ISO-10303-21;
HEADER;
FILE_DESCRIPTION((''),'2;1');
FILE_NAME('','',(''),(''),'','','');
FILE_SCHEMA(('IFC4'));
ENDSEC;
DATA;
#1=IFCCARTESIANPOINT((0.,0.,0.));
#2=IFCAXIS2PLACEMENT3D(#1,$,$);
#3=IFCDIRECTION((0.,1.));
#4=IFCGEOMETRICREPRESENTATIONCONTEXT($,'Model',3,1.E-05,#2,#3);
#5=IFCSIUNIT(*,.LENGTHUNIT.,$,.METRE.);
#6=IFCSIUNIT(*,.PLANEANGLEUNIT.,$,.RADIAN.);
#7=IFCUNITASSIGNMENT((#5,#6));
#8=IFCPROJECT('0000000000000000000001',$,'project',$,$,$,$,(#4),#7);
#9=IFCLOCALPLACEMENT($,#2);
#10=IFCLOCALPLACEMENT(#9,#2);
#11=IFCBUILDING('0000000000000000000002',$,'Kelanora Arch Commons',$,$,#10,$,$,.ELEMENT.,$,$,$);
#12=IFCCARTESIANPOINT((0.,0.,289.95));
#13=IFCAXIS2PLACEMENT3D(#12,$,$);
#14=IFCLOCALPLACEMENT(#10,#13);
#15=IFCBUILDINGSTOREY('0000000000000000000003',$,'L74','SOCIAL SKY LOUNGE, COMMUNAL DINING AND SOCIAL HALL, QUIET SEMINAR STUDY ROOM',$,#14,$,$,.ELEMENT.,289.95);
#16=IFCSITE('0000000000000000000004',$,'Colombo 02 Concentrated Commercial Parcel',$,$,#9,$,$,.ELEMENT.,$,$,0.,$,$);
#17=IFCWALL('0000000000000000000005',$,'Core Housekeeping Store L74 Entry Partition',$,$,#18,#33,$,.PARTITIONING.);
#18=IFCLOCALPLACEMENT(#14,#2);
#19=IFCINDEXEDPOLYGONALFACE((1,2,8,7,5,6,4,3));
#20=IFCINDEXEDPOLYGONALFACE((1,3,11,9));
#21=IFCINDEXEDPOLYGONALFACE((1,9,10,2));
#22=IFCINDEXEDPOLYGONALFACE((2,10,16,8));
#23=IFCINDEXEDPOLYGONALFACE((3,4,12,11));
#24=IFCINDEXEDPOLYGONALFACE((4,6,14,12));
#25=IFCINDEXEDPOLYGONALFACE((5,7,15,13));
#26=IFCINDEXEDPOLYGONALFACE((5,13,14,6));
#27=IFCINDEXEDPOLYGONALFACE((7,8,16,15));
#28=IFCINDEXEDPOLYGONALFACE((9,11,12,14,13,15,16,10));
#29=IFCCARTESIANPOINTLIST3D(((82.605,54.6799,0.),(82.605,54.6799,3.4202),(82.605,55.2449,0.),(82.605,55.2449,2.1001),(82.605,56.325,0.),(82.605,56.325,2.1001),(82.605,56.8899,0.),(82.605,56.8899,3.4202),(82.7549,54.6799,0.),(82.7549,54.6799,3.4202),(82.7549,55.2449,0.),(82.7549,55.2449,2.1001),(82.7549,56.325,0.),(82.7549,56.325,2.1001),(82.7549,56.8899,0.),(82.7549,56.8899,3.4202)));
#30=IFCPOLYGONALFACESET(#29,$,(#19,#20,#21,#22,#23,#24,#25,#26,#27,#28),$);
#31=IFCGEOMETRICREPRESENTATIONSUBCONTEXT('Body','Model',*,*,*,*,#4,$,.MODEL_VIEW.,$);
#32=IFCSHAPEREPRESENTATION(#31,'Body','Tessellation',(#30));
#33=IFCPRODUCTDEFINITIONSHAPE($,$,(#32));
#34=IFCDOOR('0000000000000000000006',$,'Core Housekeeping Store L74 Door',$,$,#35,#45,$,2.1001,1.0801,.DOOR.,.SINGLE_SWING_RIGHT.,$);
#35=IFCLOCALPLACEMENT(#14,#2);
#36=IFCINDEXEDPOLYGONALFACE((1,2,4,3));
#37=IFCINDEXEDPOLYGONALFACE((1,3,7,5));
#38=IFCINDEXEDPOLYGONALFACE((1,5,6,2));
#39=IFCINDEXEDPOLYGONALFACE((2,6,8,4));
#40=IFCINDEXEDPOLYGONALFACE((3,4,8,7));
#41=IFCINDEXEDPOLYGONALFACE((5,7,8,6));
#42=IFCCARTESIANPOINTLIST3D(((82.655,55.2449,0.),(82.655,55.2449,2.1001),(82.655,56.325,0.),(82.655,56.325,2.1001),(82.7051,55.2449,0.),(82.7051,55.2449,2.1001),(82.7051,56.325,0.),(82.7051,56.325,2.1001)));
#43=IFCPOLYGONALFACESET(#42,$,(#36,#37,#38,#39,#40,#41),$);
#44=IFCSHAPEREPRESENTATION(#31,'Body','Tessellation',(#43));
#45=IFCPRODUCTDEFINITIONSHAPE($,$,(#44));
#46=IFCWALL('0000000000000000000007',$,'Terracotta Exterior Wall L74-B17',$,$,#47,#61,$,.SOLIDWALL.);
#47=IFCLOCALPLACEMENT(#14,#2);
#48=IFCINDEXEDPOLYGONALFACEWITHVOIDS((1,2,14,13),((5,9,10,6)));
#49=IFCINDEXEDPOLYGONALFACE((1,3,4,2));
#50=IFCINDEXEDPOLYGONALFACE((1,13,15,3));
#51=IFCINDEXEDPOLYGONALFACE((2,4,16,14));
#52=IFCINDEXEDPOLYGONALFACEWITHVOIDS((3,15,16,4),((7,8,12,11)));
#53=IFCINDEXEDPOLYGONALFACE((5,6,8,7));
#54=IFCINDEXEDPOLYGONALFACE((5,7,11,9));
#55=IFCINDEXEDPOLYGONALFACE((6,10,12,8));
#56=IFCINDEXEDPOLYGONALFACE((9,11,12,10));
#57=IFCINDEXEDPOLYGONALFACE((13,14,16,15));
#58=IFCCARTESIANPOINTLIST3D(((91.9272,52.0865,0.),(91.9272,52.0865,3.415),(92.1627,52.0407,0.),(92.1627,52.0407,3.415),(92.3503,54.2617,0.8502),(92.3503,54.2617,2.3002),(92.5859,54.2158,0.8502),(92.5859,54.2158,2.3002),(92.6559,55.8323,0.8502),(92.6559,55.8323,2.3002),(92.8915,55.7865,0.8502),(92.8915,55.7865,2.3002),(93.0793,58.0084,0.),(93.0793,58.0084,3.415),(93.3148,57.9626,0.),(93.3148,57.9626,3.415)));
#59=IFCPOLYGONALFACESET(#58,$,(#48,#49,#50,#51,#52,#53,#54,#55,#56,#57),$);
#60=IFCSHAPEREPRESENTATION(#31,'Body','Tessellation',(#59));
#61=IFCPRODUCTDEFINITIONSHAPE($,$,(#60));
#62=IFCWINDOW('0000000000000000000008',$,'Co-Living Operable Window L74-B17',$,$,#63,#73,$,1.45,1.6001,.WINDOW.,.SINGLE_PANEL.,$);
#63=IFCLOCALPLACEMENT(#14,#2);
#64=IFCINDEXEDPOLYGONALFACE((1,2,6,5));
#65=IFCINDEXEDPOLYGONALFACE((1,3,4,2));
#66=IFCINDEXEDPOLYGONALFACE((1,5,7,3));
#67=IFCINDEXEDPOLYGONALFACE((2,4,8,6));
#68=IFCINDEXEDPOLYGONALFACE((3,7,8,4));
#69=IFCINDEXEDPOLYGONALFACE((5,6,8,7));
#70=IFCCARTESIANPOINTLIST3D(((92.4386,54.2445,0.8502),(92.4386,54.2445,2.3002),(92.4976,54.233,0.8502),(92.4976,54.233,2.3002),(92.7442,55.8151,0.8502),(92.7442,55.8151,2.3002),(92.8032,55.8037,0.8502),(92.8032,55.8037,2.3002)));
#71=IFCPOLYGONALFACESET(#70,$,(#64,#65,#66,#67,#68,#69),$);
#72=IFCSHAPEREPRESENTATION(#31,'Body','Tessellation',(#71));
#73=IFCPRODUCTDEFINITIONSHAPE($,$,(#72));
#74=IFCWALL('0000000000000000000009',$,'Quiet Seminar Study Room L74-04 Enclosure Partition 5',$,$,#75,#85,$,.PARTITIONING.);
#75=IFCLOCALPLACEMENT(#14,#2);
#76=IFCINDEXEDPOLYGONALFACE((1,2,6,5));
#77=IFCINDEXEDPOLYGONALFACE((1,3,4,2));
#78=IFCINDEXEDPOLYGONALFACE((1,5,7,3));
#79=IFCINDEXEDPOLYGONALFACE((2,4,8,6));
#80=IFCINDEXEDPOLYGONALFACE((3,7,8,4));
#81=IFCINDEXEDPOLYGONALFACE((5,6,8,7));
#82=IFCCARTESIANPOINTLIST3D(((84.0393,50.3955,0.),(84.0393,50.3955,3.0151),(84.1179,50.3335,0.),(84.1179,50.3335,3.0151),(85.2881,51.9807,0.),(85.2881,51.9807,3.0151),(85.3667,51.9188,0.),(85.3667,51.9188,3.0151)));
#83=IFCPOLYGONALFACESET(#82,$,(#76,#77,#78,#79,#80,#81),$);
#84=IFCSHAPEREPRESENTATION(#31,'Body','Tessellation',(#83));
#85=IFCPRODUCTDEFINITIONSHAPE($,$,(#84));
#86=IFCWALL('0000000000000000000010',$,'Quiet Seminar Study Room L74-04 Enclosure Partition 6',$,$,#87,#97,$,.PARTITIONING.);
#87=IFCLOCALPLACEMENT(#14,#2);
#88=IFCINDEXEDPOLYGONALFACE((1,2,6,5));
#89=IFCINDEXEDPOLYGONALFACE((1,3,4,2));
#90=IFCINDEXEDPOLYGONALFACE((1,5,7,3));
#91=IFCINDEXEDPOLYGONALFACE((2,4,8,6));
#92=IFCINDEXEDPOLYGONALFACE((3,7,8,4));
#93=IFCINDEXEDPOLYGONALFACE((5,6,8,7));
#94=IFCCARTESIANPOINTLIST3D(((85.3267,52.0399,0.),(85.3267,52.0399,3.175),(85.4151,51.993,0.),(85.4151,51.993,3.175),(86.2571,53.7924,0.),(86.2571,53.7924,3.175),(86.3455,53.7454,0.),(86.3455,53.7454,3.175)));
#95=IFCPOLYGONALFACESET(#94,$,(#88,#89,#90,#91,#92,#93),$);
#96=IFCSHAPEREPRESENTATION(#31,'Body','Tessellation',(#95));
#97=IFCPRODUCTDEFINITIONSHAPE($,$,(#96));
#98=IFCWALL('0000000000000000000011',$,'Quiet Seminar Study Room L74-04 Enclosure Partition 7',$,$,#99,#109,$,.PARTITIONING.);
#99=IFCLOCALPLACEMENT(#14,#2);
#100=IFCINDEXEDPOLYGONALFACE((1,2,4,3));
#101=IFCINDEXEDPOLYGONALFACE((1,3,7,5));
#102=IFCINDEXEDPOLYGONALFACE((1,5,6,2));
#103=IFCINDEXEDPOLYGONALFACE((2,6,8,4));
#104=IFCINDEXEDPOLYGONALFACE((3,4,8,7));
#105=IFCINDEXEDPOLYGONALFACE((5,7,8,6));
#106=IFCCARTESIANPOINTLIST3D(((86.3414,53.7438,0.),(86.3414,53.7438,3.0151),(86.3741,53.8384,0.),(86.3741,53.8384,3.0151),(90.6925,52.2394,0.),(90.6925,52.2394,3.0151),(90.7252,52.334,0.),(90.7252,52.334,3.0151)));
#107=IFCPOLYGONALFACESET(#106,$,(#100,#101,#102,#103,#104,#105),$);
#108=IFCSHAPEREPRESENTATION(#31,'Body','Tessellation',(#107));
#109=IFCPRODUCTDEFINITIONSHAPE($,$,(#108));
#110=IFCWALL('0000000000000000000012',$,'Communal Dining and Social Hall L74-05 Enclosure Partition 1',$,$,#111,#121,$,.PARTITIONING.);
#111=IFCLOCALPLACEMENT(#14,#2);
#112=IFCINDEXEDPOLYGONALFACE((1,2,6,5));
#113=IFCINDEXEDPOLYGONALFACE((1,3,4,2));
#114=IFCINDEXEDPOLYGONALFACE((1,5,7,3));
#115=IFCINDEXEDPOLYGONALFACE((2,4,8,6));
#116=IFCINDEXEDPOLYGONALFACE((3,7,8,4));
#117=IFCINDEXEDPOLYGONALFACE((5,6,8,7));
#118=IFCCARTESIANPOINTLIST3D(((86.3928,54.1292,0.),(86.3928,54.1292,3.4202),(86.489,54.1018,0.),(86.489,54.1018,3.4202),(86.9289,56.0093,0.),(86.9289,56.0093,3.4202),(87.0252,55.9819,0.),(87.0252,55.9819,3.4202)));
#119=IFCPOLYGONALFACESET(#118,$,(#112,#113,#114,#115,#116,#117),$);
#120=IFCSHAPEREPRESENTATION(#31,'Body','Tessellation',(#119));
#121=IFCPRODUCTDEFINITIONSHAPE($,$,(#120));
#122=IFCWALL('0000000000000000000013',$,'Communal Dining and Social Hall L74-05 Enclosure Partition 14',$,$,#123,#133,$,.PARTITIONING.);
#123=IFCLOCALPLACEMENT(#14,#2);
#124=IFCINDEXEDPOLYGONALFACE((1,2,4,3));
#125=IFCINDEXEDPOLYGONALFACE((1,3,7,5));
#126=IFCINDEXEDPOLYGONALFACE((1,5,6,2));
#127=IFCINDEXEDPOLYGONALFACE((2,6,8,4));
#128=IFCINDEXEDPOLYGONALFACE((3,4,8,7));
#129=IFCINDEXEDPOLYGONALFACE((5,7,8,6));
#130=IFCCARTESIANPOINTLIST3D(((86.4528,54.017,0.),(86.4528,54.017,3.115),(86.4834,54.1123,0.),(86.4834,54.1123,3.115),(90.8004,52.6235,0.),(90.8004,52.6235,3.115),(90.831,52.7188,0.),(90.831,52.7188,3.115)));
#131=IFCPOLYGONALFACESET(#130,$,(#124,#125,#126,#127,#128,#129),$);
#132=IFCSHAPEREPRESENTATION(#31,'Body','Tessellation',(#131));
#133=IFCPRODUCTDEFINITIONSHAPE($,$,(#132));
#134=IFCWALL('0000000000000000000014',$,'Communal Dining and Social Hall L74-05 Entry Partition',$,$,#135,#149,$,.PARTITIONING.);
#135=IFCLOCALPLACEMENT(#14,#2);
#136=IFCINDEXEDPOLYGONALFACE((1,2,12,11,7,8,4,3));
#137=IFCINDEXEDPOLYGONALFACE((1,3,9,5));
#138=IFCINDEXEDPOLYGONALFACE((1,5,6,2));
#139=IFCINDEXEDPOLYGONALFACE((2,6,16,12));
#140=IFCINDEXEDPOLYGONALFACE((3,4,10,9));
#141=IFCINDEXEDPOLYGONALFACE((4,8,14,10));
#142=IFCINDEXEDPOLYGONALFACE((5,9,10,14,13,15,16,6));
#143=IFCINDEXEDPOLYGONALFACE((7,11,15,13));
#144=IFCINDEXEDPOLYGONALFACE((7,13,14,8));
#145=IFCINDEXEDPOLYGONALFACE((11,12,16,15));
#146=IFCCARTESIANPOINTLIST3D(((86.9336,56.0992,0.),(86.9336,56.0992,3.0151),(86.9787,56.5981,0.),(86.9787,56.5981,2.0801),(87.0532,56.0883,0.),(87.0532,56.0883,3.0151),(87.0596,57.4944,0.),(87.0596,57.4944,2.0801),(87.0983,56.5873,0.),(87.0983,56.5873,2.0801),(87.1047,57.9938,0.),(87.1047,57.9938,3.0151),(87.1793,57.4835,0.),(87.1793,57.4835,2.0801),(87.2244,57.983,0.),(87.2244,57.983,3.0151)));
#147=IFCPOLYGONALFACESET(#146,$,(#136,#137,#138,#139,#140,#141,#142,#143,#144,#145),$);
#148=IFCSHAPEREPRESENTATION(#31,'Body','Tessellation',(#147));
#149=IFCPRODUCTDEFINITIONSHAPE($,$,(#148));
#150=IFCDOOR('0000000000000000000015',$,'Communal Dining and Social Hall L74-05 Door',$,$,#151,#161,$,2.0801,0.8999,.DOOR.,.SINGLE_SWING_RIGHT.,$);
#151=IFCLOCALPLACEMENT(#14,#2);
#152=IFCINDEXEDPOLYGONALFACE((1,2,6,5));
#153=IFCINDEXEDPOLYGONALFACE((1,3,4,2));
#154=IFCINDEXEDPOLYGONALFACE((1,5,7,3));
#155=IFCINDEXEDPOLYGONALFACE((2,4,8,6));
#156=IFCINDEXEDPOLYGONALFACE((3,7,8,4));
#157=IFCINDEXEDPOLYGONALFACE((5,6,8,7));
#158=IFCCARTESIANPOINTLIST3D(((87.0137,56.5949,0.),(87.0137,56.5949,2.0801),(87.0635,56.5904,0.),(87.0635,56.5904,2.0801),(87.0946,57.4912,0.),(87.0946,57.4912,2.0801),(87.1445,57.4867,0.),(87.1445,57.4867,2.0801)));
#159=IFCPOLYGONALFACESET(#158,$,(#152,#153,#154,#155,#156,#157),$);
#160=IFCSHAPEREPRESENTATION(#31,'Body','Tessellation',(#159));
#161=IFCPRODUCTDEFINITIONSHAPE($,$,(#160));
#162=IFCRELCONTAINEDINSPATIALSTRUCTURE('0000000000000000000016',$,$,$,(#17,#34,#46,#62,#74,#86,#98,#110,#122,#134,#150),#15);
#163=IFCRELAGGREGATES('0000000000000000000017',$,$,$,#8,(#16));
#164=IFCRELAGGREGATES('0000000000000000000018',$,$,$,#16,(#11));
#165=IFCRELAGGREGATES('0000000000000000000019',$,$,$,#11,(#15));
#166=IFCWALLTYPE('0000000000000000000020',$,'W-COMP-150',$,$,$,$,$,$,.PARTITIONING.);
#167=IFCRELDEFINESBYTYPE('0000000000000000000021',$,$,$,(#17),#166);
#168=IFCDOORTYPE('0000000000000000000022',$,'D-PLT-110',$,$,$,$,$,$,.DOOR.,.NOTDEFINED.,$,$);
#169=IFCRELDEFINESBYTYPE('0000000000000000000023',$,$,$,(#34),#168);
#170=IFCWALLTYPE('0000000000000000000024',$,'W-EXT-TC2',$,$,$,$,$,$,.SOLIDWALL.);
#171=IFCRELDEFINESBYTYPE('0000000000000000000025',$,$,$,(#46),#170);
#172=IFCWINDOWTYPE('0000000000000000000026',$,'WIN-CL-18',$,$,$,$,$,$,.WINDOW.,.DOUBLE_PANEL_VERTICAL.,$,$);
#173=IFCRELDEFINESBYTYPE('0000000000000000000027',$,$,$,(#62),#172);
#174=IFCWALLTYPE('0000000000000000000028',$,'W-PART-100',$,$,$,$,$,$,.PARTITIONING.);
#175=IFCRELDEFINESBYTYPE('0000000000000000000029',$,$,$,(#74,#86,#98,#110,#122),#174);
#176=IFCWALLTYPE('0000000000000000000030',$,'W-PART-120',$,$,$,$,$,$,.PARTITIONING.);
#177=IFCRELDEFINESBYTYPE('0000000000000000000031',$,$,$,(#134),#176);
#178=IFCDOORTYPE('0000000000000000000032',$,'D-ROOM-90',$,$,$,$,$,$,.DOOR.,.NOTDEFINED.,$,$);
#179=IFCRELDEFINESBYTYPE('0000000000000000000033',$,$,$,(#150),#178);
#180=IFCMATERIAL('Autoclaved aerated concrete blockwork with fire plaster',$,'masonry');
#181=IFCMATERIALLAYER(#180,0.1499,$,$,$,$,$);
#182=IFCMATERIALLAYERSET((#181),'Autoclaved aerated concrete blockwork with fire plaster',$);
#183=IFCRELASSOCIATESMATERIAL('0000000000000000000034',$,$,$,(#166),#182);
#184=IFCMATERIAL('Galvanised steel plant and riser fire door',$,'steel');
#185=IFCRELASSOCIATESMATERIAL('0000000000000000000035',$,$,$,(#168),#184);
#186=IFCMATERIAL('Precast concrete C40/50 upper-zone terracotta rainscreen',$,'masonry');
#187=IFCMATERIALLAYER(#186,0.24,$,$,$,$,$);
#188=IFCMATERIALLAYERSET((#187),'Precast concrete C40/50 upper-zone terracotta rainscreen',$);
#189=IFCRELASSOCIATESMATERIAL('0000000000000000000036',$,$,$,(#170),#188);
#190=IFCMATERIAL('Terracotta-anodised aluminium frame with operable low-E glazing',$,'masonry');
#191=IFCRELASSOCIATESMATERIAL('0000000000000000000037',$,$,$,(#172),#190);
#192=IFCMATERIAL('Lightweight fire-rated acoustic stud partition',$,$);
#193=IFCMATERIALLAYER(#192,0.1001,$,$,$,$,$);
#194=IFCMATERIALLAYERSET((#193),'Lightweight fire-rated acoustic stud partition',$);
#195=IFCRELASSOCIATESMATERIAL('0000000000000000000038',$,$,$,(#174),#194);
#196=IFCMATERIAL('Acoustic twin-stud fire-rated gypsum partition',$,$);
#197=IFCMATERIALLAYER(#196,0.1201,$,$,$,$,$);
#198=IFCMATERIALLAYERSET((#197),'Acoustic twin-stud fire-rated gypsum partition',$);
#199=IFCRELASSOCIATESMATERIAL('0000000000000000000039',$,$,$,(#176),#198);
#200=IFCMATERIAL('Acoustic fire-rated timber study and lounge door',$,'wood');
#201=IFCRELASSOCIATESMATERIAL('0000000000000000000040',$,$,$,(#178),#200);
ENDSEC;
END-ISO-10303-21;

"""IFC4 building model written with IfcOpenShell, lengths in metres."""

from ifc_helpers import new_model, si_unit, direction, frame, frame_2d, origin, place, context, subcontext, project, spatial, rectangle, extrude, material, layer, layer_set, type_object, element, fill, save


model = new_model("IFC4")

# Units and contexts
model_context = context("Model", 3, precision=1e-05, world=origin(), true_north=direction((0.0, 1.0)))
body_context = subcontext(model_context, "Body", "Model", "MODEL_VIEW")
ifc_project = project(units=[si_unit("LENGTHUNIT", "METRE"), si_unit("PLANEANGLEUNIT", "RADIAN")], contexts=[model_context])

# Site, building, storey
site_placement = place(None, origin())
site = spatial("IfcSite", under=ifc_project, at=site_placement, Name="Colombo 02 Concentrated Commercial Parcel", CompositionType="ELEMENT", RefElevation=0.0)
building_placement = place(site_placement, origin())
building = spatial("IfcBuilding", under=site, at=building_placement, Name="Kelanora Arch Commons", CompositionType="ELEMENT")
storey_placement = place(building_placement, frame((0.0, 0.0, 289.95)))
storey = spatial("IfcBuildingStorey", under=building, at=storey_placement, Name="L74", Description="SOCIAL SKY LOUNGE, COMMUNAL DINING AND SOCIAL HALL, QUIET SEMINAR STUDY ROOM", CompositionType="ELEMENT", Elevation=289.95)

# Wall, opening, door
ifc_material_1 = material(Name="Autoclaved aerated concrete blockwork with fire plaster", Category="masonry")
ifc_layer_1 = layer(ifc_material_1, 0.1499)
ifc_layer_set_1 = layer_set([ifc_layer_1], Name="Autoclaved aerated concrete blockwork with fire plaster")
wall_type_1 = type_object("IfcWallType", Name="W-COMP-150", PredefinedType="PARTITIONING", material=ifc_layer_set_1)
wall_1_placement = place(storey_placement, frame((82.6799, 54.6799, 0.0), z_axis=(0.0, 0.0, 1.0), x_axis=(0.0, 1.0, 0.0)))
wall_1 = element("IfcWall", 1, at=wall_1_placement, inside=storey, type_object=wall_type_1, Name="Core Housekeeping Store L74 Entry Partition", PredefinedType="PARTITIONING", context=body_context, shape_type="SweptSolid", body=[
    extrude(rectangle(XDim=2.21, YDim=0.1499, at=frame_2d((1.105, 0.0))), origin(), (0.0, 0.0, 1.0), 3.4202),
])
opening_1_placement = place(wall_1_placement, frame((0.5649, 0.0, 0.0)))
opening_1 = element("IfcOpeningElement", 2, at=opening_1_placement, cuts=wall_1, PredefinedType="OPENING", context=body_context, shape_type="SweptSolid", body=[
    extrude(rectangle(XDim=1.0801, YDim=2.1001, at=frame_2d((0.54, 1.05))), frame((0.0, 0.085, 0.0), z_axis=(0.0, -1.0, 0.0), x_axis=(1.0, 0.0, 0.0)), (0.0, 0.0, 1.0), 0.1699),
])
ifc_material_2 = material(Name="Galvanised steel plant and riser fire door", Category="steel")
door_type_1 = type_object("IfcDoorType", Name="D-PLT-110", OperationType="NOTDEFINED", PredefinedType="DOOR", material=ifc_material_2)
door_1_placement = place(opening_1_placement, origin())
door_1 = element("IfcDoor", 3, at=door_1_placement, inside=storey, type_object=door_type_1, Name="Core Housekeeping Store L74 Door", OperationType="SINGLE_SWING_RIGHT", OverallHeight=2.1001, OverallWidth=1.0801, PredefinedType="DOOR", context=body_context, shape_type="SweptSolid", body=[
    extrude(rectangle(XDim=1.0801, YDim=2.1001, at=frame_2d((0.54, 1.05))), frame((0.0, 0.0249, 0.0), z_axis=(0.0, -1.0, 0.0), x_axis=(1.0, 0.0, 0.0)), (0.0, 0.0, 1.0), 0.05),
])
fill(opening_1, door_1)

# Wall, opening, window
ifc_material_3 = material(Name="Precast concrete C40/50 upper-zone terracotta rainscreen", Category="masonry")
ifc_layer_2 = layer(ifc_material_3, 0.24)
ifc_layer_set_2 = layer_set([ifc_layer_2], Name="Precast concrete C40/50 upper-zone terracotta rainscreen")
wall_type_2 = type_object("IfcWallType", Name="W-EXT-TC2", PredefinedType="SOLIDWALL", material=ifc_layer_set_2)
wall_2_placement = place(storey_placement, frame((92.0449, 52.0635, 0.0), z_axis=(0.0, 0.0, 1.0), x_axis=(0.190969, 0.981596, 0.0)))
wall_2 = element("IfcWall", 4, at=wall_2_placement, inside=storey, type_object=wall_type_2, Name="Terracotta Exterior Wall L74-B17", PredefinedType="SOLIDWALL", context=body_context, shape_type="SweptSolid", body=[
    extrude(rectangle(XDim=6.033, YDim=0.24, at=frame_2d((3.0166, 0.0))), origin(), (0.0, 0.0, 1.0), 3.415),
])
opening_2_placement = place(wall_2_placement, frame((2.2161, 0.0, 0.8501)))
opening_2 = element("IfcOpeningElement", 5, at=opening_2_placement, cuts=wall_2, PredefinedType="OPENING", context=body_context, shape_type="SweptSolid", body=[
    extrude(rectangle(XDim=1.6001, YDim=1.45, at=frame_2d((0.8, 0.7251))), frame((0.0, 0.1299, 0.0), z_axis=(0.0, -1.0, 0.0), x_axis=(1.0, 0.0, 0.0)), (0.0, 0.0, 1.0), 0.26),
])
ifc_material_4 = material(Name="Terracotta-anodised aluminium frame with operable low-E glazing", Category="masonry")
window_type = type_object("IfcWindowType", Name="WIN-CL-18", PartitioningType="DOUBLE_PANEL_VERTICAL", PredefinedType="WINDOW", material=ifc_material_4)
window_placement = place(opening_2_placement, origin())
window = element("IfcWindow", 6, at=window_placement, inside=storey, type_object=window_type, Name="Co-Living Operable Window L74-B17", OverallHeight=1.45, OverallWidth=1.6001, PartitioningType="SINGLE_PANEL", PredefinedType="WINDOW", context=body_context, shape_type="SweptSolid", body=[
    extrude(rectangle(XDim=1.6001, YDim=1.45, at=frame_2d((0.8, 0.7251))), frame((0.0, 0.03, 0.0), z_axis=(0.0, -1.0, 0.0), x_axis=(1.0, 0.0, 0.0)), (0.0, 0.0, 1.0), 0.0601),
])
fill(opening_2, window)

# Walls
ifc_material_5 = material(Name="Lightweight fire-rated acoustic stud partition")
ifc_layer_3 = layer(ifc_material_5, 0.1001)
ifc_layer_set_3 = layer_set([ifc_layer_3], Name="Lightweight fire-rated acoustic stud partition")
wall_type_3 = type_object("IfcWallType", Name="W-PART-100", PredefinedType="PARTITIONING", material=ifc_layer_set_3)
wall_3_placement = place(storey_placement, frame((84.0786, 50.3645, 0.0), z_axis=(0.0, 0.0, 1.0), x_axis=(0.61882, 0.785533, 0.0)))
element("IfcWall", 7, at=wall_3_placement, inside=storey, type_object=wall_type_3, Name="Quiet Seminar Study Room L74-04 Enclosure Partition 5", PredefinedType="PARTITIONING", context=body_context, shape_type="SweptSolid", body=[
    extrude(rectangle(XDim=2.0181, YDim=0.1001, at=frame_2d((1.009, 0.0))), origin(), (0.0, 0.0, 1.0), 3.0151),
])
wall_4_placement = place(storey_placement, frame((85.3708, 52.0164, 0.0), z_axis=(0.0, 0.0, 1.0), x_axis=(0.468933, 0.883234, 0.0)))
element("IfcWall", 8, at=wall_4_placement, inside=storey, type_object=wall_type_3, Name="Quiet Seminar Study Room L74-04 Enclosure Partition 6", PredefinedType="PARTITIONING", context=body_context, shape_type="SweptSolid", body=[
    extrude(rectangle(XDim=1.9841, YDim=0.1001, at=frame_2d((0.9922, 0.0))), origin(), (0.0, 0.0, 1.0), 3.175),
])
wall_5_placement = place(storey_placement, frame((86.3579, 53.791, 0.0), z_axis=(0.0, 0.0, 1.0), x_axis=(0.945103, -0.326772, 0.0)))
element("IfcWall", 9, at=wall_5_placement, inside=storey, type_object=wall_type_3, Name="Quiet Seminar Study Room L74-04 Enclosure Partition 7", PredefinedType="PARTITIONING", context=body_context, shape_type="SweptSolid", body=[
    extrude(rectangle(XDim=4.6038, YDim=0.1001, at=frame_2d((2.3018, 0.0))), origin(), (0.0, 0.0, 1.0), 3.0151),
])
wall_6_placement = place(storey_placement, frame((86.4409, 54.1155, 0.0), z_axis=(0.0, 0.0, 1.0), x_axis=(0.274226, 0.961665, 0.0)))
element("IfcWall", 10, at=wall_6_placement, inside=storey, type_object=wall_type_3, Name="Communal Dining and Social Hall L74-05 Enclosure Partition 1", PredefinedType="PARTITIONING", context=body_context, shape_type="SweptSolid", body=[
    extrude(rectangle(XDim=1.9551, YDim=0.1001, at=frame_2d((0.9775, 0.0))), origin(), (0.0, 0.0, 1.0), 3.4202),
])
wall_7_placement = place(storey_placement, frame((90.8157, 52.6711, 0.0), z_axis=(0.0, 0.0, 1.0), x_axis=(-0.952278, 0.305234, 0.0)))
element("IfcWall", 11, at=wall_7_placement, inside=storey, type_object=wall_type_3, Name="Communal Dining and Social Hall L74-05 Enclosure Partition 14", PredefinedType="PARTITIONING", context=body_context, shape_type="SweptSolid", body=[
    extrude(rectangle(XDim=4.5654, YDim=0.1001, at=frame_2d((2.2827, 0.0))), origin(), (0.0, 0.0, 1.0), 3.115),
])

# Wall, opening, door
ifc_material_6 = material(Name="Acoustic twin-stud fire-rated gypsum partition")
ifc_layer_4 = layer(ifc_material_6, 0.1201)
ifc_layer_set_4 = layer_set([ifc_layer_4], Name="Acoustic twin-stud fire-rated gypsum partition")
wall_type_4 = type_object("IfcWallType", Name="W-PART-120", PredefinedType="PARTITIONING", material=ifc_layer_set_4)
wall_8_placement = place(storey_placement, frame((86.9934, 56.0938, 0.0), z_axis=(0.0, 0.0, 1.0), x_axis=(0.089969, 0.995945, 0.0)))
wall_8 = element("IfcWall", 12, at=wall_8_placement, inside=storey, type_object=wall_type_4, Name="Communal Dining and Social Hall L74-05 Entry Partition", PredefinedType="PARTITIONING", context=body_context, shape_type="SweptSolid", body=[
    extrude(rectangle(XDim=1.9023, YDim=0.1201, at=frame_2d((0.9512, 0.0))), origin(), (0.0, 0.0, 1.0), 3.0151),
])
opening_3_placement = place(wall_8_placement, frame((0.501, 0.0, 0.0)))
opening_3 = element("IfcOpeningElement", 13, at=opening_3_placement, cuts=wall_8, PredefinedType="OPENING", context=body_context, shape_type="SweptSolid", body=[
    extrude(rectangle(XDim=0.8999, YDim=2.0801, at=frame_2d((0.45, 1.04))), frame((0.0, 0.0701, 0.0), z_axis=(0.0, -1.0, 0.0), x_axis=(1.0, 0.0, 0.0)), (0.0, 0.0, 1.0), 0.1401),
])
ifc_material_7 = material(Name="Acoustic fire-rated timber study and lounge door", Category="wood")
door_type_2 = type_object("IfcDoorType", Name="D-ROOM-90", OperationType="NOTDEFINED", PredefinedType="DOOR", material=ifc_material_7)
door_2_placement = place(opening_3_placement, origin())
door_2 = element("IfcDoor", 14, at=door_2_placement, inside=storey, type_object=door_type_2, Name="Communal Dining and Social Hall L74-05 Door", OperationType="SINGLE_SWING_RIGHT", OverallHeight=2.0801, OverallWidth=0.8999, PredefinedType="DOOR", context=body_context, shape_type="SweptSolid", body=[
    extrude(rectangle(XDim=0.8999, YDim=2.0801, at=frame_2d((0.45, 1.04))), frame((0.0, 0.0249, 0.0), z_axis=(0.0, -1.0, 0.0), x_axis=(1.0, 0.0, 0.0)), (0.0, 0.0, 1.0), 0.05),
])
fill(opening_3, door_2)

save(model, "model.ifc")
